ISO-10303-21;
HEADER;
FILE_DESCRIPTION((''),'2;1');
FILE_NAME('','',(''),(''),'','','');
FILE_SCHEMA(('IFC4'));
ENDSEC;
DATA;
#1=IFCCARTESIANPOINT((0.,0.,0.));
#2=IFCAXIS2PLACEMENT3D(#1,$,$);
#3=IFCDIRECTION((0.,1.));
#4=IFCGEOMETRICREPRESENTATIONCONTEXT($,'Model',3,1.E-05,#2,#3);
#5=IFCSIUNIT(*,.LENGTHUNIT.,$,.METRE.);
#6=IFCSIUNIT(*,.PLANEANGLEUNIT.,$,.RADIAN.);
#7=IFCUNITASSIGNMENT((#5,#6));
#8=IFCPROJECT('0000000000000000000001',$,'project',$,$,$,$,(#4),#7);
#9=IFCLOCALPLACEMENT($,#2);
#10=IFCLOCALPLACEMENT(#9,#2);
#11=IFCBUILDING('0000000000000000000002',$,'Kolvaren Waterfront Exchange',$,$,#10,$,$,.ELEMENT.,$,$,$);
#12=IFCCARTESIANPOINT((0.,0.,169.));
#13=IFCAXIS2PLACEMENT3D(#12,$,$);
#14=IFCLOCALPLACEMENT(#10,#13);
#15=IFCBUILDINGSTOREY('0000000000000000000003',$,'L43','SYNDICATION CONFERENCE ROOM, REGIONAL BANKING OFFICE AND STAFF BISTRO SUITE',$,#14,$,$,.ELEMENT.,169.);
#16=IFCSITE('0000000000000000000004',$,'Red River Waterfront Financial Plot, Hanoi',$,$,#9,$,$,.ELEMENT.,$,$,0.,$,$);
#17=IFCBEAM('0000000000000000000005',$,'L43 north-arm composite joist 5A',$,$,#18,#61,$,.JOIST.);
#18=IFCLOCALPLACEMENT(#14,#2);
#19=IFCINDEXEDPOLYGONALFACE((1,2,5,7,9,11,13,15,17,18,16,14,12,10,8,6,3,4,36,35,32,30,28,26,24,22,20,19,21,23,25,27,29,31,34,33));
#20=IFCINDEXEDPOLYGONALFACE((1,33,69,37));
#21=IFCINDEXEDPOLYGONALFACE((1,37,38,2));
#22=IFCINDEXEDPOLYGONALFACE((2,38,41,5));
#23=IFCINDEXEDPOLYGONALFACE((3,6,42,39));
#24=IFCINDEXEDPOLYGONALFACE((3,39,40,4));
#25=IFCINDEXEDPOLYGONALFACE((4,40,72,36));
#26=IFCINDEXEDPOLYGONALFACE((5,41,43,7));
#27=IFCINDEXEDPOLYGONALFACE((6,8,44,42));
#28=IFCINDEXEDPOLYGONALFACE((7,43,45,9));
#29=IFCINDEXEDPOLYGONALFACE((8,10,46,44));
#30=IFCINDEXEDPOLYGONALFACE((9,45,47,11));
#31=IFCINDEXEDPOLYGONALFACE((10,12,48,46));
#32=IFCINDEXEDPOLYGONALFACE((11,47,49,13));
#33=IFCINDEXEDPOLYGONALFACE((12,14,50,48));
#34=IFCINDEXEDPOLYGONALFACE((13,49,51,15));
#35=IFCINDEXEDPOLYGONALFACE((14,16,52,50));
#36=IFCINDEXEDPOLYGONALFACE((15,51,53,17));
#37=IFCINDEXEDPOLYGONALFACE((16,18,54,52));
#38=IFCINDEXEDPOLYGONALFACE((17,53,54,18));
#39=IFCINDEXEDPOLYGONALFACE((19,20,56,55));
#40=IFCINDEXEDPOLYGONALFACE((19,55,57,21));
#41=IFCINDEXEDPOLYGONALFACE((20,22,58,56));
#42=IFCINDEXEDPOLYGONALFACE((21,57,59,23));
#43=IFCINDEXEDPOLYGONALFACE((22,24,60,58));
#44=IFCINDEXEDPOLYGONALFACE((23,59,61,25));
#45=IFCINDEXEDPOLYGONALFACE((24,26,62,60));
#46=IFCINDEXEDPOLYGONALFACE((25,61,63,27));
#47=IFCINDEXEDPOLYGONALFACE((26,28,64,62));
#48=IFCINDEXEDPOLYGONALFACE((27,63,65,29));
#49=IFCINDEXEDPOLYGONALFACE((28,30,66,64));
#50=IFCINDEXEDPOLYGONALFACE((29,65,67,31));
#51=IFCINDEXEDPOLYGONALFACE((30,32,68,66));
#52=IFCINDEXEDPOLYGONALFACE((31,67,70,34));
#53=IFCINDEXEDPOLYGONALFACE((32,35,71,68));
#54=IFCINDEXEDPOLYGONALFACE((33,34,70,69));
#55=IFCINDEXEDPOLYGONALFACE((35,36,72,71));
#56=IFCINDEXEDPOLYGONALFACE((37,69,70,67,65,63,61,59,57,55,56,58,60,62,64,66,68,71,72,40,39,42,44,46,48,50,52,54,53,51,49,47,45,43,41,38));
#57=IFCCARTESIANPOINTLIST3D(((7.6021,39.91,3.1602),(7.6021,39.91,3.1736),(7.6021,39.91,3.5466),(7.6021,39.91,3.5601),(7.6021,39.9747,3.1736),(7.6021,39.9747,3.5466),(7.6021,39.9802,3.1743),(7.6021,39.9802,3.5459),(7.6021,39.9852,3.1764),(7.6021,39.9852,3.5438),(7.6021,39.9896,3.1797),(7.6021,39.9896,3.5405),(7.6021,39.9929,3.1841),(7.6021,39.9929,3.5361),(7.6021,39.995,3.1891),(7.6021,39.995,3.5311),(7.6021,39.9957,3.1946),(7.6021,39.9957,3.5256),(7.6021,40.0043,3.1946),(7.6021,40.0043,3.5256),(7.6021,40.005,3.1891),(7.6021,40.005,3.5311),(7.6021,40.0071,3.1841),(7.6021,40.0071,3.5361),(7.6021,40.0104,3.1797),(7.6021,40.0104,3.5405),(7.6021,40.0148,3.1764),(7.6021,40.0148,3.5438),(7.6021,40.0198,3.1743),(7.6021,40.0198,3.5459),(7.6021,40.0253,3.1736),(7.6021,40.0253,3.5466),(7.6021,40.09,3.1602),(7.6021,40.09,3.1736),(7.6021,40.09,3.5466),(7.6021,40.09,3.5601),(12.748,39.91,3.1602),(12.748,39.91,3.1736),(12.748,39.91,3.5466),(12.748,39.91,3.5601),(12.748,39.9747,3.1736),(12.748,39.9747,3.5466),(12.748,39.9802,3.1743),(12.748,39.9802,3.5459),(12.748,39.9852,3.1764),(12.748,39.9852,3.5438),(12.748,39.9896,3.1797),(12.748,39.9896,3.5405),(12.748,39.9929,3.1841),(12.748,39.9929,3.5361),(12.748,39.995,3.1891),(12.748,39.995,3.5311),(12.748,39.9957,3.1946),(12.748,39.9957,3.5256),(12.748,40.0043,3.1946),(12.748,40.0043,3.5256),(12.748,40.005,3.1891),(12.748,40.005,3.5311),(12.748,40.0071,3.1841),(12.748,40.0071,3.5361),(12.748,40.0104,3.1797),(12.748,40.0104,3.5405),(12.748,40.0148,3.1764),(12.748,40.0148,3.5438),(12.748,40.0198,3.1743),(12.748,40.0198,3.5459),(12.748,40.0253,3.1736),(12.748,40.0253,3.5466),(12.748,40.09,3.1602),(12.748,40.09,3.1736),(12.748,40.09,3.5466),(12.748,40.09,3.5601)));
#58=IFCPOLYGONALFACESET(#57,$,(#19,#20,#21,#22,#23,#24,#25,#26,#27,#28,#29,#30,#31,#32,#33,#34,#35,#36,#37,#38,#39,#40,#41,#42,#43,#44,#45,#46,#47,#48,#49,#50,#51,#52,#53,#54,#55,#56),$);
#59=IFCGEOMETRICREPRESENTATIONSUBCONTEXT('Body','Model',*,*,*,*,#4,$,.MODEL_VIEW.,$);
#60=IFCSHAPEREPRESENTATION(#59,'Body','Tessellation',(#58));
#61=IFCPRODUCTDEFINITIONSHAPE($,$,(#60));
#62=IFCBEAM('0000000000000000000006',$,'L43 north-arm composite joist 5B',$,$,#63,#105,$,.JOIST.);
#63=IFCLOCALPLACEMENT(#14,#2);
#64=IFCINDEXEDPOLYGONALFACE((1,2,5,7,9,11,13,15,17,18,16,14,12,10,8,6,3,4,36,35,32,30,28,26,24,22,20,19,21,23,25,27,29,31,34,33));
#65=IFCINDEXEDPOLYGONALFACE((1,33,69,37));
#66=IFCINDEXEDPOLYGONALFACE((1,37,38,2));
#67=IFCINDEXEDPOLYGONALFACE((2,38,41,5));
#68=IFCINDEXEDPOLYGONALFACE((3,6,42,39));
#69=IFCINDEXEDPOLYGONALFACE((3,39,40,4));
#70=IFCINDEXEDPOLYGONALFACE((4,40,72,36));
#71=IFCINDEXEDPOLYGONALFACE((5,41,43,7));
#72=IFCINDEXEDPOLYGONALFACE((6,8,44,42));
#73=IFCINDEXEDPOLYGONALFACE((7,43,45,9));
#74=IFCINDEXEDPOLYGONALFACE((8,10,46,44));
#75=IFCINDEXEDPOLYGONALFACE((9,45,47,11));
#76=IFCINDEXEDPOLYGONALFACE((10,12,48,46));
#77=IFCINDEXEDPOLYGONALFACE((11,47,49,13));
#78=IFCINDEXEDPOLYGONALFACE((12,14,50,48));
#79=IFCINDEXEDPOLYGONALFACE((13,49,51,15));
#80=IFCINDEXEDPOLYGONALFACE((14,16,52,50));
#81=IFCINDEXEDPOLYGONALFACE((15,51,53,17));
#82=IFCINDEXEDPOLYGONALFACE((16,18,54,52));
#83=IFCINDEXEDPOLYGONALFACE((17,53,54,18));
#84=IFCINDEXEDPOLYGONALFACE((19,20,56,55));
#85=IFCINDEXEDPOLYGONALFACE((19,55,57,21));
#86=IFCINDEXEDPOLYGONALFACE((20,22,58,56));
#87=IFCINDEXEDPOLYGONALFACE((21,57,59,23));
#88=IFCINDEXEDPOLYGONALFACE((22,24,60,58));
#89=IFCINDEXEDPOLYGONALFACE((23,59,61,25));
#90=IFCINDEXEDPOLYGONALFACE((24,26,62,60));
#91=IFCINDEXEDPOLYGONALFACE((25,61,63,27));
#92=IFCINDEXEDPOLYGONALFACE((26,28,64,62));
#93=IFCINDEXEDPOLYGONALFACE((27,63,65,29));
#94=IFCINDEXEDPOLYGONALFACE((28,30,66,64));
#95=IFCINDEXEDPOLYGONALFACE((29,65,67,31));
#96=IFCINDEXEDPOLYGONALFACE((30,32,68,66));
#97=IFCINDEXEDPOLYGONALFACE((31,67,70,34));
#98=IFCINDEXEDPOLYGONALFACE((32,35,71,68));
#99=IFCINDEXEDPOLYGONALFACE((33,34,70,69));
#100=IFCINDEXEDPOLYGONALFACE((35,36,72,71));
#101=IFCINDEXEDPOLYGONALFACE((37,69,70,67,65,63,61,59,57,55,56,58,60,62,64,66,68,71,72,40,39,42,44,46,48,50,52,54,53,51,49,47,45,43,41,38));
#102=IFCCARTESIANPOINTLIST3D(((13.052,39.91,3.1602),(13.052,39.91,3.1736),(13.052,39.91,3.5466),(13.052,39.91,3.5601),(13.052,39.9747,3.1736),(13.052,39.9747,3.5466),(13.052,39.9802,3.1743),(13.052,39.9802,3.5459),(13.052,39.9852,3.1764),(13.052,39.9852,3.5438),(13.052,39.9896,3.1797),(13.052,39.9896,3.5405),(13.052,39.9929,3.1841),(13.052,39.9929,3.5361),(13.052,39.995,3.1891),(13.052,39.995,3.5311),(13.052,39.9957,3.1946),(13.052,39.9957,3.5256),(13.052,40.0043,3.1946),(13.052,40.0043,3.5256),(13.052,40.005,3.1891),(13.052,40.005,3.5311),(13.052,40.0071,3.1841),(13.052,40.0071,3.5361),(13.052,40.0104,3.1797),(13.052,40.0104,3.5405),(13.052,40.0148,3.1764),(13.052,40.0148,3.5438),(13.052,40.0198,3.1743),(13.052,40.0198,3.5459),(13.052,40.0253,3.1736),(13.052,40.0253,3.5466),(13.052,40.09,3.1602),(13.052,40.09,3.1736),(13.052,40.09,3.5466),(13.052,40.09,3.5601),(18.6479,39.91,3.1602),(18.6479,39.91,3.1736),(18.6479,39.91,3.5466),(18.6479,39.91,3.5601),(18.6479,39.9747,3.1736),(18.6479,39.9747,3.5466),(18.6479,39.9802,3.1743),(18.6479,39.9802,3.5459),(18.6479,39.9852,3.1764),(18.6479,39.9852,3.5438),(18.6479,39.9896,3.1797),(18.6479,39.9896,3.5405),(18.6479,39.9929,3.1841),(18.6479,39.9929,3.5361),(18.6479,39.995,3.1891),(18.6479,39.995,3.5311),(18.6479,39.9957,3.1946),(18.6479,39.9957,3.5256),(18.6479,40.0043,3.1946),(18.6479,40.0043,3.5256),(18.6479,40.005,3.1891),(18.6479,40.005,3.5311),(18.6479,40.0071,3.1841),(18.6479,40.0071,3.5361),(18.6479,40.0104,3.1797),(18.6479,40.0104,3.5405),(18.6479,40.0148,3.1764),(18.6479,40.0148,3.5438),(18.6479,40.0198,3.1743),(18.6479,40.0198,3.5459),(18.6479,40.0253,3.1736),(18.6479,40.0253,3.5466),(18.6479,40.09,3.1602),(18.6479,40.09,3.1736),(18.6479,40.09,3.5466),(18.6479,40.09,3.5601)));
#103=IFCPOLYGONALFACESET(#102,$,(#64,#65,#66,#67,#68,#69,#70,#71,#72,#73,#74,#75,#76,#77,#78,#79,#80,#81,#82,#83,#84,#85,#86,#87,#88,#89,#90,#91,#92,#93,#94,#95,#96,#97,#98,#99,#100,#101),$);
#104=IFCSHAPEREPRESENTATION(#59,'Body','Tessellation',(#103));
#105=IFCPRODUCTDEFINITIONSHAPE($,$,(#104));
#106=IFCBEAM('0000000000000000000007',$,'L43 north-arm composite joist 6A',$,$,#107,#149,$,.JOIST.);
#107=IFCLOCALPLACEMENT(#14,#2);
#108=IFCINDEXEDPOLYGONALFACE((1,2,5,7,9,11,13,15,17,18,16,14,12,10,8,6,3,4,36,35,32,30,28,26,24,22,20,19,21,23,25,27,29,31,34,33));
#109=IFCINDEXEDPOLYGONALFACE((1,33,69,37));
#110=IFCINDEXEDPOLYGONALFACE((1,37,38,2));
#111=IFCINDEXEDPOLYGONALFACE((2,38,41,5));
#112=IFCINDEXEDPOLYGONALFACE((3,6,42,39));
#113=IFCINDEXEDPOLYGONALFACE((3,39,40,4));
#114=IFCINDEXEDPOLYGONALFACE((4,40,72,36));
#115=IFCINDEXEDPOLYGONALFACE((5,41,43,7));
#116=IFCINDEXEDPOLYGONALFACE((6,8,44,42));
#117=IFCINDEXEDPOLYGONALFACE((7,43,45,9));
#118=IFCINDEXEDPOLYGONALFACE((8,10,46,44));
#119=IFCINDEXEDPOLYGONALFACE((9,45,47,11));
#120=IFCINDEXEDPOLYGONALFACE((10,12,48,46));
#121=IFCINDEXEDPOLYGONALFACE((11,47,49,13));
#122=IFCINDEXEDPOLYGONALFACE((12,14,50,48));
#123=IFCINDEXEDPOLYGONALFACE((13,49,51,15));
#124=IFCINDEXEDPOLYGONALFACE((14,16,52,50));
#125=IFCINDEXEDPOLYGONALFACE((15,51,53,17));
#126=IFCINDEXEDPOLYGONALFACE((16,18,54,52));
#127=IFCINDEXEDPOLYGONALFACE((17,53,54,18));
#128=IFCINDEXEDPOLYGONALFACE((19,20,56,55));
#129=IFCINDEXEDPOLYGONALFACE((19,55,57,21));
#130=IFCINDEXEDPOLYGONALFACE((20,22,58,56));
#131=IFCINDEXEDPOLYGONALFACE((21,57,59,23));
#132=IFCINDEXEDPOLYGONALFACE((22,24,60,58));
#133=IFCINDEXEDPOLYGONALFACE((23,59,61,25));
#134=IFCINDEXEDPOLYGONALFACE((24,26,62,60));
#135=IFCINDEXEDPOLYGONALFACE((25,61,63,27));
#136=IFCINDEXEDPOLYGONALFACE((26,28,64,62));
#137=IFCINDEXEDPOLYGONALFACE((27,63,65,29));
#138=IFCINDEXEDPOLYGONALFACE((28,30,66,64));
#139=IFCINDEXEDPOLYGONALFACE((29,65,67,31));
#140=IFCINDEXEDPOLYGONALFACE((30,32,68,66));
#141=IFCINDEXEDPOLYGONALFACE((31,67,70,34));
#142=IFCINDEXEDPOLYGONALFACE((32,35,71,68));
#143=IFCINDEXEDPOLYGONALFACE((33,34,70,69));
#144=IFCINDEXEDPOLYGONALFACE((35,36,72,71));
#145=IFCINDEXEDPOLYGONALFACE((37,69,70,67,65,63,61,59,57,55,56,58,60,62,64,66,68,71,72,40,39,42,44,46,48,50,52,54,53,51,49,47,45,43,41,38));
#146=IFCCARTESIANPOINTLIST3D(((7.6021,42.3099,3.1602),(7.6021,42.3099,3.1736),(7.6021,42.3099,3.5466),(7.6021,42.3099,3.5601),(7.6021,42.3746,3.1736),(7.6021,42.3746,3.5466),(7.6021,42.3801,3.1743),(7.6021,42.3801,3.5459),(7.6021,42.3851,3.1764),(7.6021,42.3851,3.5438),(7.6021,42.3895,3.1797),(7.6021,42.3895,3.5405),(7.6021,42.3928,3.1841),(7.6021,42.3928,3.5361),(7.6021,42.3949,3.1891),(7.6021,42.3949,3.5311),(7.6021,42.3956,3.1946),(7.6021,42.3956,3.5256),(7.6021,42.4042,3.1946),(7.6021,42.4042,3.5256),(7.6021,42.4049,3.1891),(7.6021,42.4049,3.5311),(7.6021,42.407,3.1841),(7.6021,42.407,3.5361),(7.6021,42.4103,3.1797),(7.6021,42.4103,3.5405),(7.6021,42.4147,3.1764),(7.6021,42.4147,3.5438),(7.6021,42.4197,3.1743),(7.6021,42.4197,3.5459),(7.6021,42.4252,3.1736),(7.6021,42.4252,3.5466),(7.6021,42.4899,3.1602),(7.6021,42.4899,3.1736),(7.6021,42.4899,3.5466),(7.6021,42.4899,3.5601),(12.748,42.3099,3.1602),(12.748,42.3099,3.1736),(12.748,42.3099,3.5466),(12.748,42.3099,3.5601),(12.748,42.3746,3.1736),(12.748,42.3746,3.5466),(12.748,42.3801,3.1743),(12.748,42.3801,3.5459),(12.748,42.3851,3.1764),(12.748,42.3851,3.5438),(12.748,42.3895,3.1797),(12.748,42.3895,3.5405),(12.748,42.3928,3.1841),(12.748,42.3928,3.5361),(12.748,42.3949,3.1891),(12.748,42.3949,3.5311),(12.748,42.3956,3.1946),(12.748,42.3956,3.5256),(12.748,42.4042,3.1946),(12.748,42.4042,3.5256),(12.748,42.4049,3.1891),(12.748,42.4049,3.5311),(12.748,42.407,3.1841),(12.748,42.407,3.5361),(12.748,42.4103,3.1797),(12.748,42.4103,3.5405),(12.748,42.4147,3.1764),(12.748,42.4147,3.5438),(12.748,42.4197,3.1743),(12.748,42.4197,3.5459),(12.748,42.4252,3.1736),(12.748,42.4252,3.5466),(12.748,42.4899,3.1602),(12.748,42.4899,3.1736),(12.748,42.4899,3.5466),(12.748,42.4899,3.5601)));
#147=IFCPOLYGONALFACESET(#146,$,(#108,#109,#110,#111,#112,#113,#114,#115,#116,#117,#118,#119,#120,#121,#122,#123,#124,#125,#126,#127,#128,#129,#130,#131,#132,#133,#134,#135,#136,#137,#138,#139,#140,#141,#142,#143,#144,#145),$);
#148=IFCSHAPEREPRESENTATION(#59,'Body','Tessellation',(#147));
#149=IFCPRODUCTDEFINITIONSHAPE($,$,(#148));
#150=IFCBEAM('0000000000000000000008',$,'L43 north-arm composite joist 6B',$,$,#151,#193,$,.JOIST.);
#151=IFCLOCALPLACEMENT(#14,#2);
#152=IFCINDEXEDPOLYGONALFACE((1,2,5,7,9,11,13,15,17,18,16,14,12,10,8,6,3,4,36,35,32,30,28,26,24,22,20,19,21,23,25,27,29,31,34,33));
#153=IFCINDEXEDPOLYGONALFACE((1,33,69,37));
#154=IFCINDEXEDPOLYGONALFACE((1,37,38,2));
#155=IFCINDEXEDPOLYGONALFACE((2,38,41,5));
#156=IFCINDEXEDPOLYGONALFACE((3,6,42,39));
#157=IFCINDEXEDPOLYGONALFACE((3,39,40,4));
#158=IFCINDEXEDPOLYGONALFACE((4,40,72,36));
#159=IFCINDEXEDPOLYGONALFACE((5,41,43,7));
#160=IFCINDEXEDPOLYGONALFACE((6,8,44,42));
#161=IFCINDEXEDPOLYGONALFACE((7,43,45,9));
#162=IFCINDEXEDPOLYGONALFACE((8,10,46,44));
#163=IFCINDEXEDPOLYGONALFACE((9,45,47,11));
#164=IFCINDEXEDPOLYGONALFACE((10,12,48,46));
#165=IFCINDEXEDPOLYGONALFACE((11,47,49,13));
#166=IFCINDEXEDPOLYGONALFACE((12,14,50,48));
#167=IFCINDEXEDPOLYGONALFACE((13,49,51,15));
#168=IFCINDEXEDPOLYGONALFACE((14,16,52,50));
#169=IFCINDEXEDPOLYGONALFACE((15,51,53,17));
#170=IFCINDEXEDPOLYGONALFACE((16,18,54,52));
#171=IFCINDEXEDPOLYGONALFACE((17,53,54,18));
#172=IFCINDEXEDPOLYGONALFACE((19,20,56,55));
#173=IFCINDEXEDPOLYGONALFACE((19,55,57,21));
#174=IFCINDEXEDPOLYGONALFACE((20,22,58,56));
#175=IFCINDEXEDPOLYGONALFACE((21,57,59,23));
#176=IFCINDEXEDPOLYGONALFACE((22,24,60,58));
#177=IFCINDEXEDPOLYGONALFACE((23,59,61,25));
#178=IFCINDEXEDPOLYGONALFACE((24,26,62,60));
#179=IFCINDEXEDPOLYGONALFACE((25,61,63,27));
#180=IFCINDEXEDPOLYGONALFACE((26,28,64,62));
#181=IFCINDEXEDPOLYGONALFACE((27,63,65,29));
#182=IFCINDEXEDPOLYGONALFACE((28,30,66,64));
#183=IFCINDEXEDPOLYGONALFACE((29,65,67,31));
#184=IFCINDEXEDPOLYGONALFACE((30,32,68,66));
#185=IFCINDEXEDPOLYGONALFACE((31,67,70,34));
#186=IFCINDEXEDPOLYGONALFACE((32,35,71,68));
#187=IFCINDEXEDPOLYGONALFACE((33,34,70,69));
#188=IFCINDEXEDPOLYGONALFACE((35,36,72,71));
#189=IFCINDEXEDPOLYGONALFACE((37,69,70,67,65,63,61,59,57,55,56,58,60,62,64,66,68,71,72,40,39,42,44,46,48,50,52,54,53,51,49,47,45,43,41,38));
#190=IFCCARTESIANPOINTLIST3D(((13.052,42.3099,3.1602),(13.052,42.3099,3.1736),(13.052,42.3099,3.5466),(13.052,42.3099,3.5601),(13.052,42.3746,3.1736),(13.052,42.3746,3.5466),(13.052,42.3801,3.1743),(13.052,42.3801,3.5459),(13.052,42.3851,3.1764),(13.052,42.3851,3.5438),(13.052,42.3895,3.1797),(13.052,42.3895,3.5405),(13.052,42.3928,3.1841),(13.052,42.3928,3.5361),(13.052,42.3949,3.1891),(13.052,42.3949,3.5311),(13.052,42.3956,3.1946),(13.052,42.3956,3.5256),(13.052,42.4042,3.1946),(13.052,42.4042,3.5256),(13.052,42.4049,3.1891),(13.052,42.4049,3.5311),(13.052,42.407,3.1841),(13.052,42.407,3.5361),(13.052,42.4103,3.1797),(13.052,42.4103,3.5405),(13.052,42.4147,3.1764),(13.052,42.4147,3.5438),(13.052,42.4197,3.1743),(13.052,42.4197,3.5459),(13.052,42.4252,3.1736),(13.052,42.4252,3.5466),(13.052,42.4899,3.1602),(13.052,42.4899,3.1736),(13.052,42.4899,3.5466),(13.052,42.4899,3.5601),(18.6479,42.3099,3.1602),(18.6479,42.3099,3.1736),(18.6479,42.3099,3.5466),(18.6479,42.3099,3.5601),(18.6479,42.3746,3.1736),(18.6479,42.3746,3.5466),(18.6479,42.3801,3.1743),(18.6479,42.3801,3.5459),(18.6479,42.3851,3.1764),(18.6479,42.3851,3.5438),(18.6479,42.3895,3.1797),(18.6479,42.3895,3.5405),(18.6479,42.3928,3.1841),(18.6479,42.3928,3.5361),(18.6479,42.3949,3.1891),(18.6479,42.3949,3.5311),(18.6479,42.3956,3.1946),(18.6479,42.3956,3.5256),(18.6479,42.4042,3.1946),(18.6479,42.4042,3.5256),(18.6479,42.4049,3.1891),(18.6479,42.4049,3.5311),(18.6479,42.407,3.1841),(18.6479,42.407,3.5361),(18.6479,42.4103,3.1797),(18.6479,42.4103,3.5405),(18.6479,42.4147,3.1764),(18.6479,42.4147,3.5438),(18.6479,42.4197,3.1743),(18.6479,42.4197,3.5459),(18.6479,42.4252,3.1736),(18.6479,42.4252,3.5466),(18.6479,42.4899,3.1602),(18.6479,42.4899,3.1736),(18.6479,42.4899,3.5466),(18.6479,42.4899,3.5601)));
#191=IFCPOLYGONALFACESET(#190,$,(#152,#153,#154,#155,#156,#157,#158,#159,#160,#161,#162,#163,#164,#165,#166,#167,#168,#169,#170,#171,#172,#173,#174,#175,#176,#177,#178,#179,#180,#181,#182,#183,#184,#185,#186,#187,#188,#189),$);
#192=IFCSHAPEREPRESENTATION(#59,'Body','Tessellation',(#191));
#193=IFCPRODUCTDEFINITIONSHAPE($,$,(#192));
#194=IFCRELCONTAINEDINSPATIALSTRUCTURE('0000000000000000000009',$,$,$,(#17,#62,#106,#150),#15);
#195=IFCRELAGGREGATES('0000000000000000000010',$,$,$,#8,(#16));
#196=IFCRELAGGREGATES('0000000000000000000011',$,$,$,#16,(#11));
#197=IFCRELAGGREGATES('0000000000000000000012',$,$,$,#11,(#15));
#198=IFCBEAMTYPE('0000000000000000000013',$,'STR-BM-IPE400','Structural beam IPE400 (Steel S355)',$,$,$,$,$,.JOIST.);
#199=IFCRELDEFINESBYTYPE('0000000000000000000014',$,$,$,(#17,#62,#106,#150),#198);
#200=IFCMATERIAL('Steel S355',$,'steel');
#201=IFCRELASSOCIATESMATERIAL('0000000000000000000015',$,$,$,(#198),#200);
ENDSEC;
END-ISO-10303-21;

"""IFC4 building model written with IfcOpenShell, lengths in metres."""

from ifc_helpers import new_model, si_unit, direction, frame, origin, origin_2d, place, context, subcontext, project, spatial, i_section, extrude, material, material_profile, profile_set, type_object, element, save


model = new_model("IFC4")

# Units and contexts
model_context = context("Model", 3, precision=1e-05, world=origin(), true_north=direction((0.0, 1.0)))
body_context = subcontext(model_context, "Body", "Model", "MODEL_VIEW")
ifc_project = project(units=[si_unit("LENGTHUNIT", "METRE"), si_unit("PLANEANGLEUNIT", "RADIAN")], contexts=[model_context])

# Site, building, storey
site_placement = place(None, origin())
site = spatial("IfcSite", under=ifc_project, at=site_placement, Name="Red River Waterfront Financial Plot, Hanoi", CompositionType="ELEMENT", RefElevation=0.0)
building_placement = place(site_placement, origin())
building = spatial("IfcBuilding", under=site, at=building_placement, Name="Kolvaren Waterfront Exchange", CompositionType="ELEMENT")
storey_placement = place(building_placement, frame((0.0, 0.0, 169.0)))
storey = spatial("IfcBuildingStorey", under=building, at=storey_placement, Name="L43", Description="SYNDICATION CONFERENCE ROOM, REGIONAL BANKING OFFICE AND STAFF BISTRO SUITE", CompositionType="ELEMENT", Elevation=169.0)

# Beams
ifc_material_1 = material(Name="Steel S355", Category="steel")
ifc_material_profile_1 = material_profile(ifc_material_1, i_section(OverallWidth=0.1799, OverallDepth=0.3999, WebThickness=0.0085, FlangeThickness=0.0134, FilletRadius=0.021, at=origin_2d()), Name="IPE400")
ifc_profile_set_1 = profile_set([ifc_material_profile_1], Name="Steel S355")
beam_type_1 = type_object("IfcBeamType", Name="STR-BM-IPE400", Description="Structural beam IPE400 (Steel S355)", PredefinedType="JOIST", material=ifc_profile_set_1)
beam_1_placement = place(storey_placement, frame((7.6021, 40.0, 3.3601), z_axis=(1.0, 0.0, 0.0), x_axis=(0.0, 1.0, 0.0)))
element("IfcBeam", 1, at=beam_1_placement, inside=storey, type_object=beam_type_1, Name="L43 north-arm composite joist 5A", PredefinedType="JOIST", context=body_context, shape_type="SweptSolid", body=[
    extrude(i_section(OverallWidth=0.1799, OverallDepth=0.3999, WebThickness=0.0085, FlangeThickness=0.0134, FilletRadius=0.021, at=origin_2d()), origin(), (0.0, 0.0, 1.0), 5.146),
])
beam_2_placement = place(storey_placement, frame((13.052, 40.0, 3.3601), z_axis=(1.0, 0.0, 0.0), x_axis=(0.0, 1.0, 0.0)))
element("IfcBeam", 2, at=beam_2_placement, inside=storey, type_object=beam_type_1, Name="L43 north-arm composite joist 5B", PredefinedType="JOIST", context=body_context, shape_type="SweptSolid", body=[
    extrude(i_section(OverallWidth=0.1799, OverallDepth=0.3999, WebThickness=0.0085, FlangeThickness=0.0134, FilletRadius=0.021, at=origin_2d()), origin(), (0.0, 0.0, 1.0), 5.5959),
])
beam_3_placement = place(storey_placement, frame((7.6021, 42.3999, 3.3601), z_axis=(1.0, 0.0, 0.0), x_axis=(0.0, 1.0, 0.0)))
element("IfcBeam", 3, at=beam_3_placement, inside=storey, type_object=beam_type_1, Name="L43 north-arm composite joist 6A", PredefinedType="JOIST", context=body_context, shape_type="SweptSolid", body=[
    extrude(i_section(OverallWidth=0.1799, OverallDepth=0.3999, WebThickness=0.0085, FlangeThickness=0.0134, FilletRadius=0.021, at=origin_2d()), origin(), (0.0, 0.0, 1.0), 5.146),
])
beam_4_placement = place(storey_placement, frame((13.052, 42.3999, 3.3601), z_axis=(1.0, 0.0, 0.0), x_axis=(0.0, 1.0, 0.0)))
element("IfcBeam", 4, at=beam_4_placement, inside=storey, type_object=beam_type_1, Name="L43 north-arm composite joist 6B", PredefinedType="JOIST", context=body_context, shape_type="SweptSolid", body=[
    extrude(i_section(OverallWidth=0.1799, OverallDepth=0.3999, WebThickness=0.0085, FlangeThickness=0.0134, FilletRadius=0.021, at=origin_2d()), origin(), (0.0, 0.0, 1.0), 5.5959),
])

save(model, "model.ifc")
